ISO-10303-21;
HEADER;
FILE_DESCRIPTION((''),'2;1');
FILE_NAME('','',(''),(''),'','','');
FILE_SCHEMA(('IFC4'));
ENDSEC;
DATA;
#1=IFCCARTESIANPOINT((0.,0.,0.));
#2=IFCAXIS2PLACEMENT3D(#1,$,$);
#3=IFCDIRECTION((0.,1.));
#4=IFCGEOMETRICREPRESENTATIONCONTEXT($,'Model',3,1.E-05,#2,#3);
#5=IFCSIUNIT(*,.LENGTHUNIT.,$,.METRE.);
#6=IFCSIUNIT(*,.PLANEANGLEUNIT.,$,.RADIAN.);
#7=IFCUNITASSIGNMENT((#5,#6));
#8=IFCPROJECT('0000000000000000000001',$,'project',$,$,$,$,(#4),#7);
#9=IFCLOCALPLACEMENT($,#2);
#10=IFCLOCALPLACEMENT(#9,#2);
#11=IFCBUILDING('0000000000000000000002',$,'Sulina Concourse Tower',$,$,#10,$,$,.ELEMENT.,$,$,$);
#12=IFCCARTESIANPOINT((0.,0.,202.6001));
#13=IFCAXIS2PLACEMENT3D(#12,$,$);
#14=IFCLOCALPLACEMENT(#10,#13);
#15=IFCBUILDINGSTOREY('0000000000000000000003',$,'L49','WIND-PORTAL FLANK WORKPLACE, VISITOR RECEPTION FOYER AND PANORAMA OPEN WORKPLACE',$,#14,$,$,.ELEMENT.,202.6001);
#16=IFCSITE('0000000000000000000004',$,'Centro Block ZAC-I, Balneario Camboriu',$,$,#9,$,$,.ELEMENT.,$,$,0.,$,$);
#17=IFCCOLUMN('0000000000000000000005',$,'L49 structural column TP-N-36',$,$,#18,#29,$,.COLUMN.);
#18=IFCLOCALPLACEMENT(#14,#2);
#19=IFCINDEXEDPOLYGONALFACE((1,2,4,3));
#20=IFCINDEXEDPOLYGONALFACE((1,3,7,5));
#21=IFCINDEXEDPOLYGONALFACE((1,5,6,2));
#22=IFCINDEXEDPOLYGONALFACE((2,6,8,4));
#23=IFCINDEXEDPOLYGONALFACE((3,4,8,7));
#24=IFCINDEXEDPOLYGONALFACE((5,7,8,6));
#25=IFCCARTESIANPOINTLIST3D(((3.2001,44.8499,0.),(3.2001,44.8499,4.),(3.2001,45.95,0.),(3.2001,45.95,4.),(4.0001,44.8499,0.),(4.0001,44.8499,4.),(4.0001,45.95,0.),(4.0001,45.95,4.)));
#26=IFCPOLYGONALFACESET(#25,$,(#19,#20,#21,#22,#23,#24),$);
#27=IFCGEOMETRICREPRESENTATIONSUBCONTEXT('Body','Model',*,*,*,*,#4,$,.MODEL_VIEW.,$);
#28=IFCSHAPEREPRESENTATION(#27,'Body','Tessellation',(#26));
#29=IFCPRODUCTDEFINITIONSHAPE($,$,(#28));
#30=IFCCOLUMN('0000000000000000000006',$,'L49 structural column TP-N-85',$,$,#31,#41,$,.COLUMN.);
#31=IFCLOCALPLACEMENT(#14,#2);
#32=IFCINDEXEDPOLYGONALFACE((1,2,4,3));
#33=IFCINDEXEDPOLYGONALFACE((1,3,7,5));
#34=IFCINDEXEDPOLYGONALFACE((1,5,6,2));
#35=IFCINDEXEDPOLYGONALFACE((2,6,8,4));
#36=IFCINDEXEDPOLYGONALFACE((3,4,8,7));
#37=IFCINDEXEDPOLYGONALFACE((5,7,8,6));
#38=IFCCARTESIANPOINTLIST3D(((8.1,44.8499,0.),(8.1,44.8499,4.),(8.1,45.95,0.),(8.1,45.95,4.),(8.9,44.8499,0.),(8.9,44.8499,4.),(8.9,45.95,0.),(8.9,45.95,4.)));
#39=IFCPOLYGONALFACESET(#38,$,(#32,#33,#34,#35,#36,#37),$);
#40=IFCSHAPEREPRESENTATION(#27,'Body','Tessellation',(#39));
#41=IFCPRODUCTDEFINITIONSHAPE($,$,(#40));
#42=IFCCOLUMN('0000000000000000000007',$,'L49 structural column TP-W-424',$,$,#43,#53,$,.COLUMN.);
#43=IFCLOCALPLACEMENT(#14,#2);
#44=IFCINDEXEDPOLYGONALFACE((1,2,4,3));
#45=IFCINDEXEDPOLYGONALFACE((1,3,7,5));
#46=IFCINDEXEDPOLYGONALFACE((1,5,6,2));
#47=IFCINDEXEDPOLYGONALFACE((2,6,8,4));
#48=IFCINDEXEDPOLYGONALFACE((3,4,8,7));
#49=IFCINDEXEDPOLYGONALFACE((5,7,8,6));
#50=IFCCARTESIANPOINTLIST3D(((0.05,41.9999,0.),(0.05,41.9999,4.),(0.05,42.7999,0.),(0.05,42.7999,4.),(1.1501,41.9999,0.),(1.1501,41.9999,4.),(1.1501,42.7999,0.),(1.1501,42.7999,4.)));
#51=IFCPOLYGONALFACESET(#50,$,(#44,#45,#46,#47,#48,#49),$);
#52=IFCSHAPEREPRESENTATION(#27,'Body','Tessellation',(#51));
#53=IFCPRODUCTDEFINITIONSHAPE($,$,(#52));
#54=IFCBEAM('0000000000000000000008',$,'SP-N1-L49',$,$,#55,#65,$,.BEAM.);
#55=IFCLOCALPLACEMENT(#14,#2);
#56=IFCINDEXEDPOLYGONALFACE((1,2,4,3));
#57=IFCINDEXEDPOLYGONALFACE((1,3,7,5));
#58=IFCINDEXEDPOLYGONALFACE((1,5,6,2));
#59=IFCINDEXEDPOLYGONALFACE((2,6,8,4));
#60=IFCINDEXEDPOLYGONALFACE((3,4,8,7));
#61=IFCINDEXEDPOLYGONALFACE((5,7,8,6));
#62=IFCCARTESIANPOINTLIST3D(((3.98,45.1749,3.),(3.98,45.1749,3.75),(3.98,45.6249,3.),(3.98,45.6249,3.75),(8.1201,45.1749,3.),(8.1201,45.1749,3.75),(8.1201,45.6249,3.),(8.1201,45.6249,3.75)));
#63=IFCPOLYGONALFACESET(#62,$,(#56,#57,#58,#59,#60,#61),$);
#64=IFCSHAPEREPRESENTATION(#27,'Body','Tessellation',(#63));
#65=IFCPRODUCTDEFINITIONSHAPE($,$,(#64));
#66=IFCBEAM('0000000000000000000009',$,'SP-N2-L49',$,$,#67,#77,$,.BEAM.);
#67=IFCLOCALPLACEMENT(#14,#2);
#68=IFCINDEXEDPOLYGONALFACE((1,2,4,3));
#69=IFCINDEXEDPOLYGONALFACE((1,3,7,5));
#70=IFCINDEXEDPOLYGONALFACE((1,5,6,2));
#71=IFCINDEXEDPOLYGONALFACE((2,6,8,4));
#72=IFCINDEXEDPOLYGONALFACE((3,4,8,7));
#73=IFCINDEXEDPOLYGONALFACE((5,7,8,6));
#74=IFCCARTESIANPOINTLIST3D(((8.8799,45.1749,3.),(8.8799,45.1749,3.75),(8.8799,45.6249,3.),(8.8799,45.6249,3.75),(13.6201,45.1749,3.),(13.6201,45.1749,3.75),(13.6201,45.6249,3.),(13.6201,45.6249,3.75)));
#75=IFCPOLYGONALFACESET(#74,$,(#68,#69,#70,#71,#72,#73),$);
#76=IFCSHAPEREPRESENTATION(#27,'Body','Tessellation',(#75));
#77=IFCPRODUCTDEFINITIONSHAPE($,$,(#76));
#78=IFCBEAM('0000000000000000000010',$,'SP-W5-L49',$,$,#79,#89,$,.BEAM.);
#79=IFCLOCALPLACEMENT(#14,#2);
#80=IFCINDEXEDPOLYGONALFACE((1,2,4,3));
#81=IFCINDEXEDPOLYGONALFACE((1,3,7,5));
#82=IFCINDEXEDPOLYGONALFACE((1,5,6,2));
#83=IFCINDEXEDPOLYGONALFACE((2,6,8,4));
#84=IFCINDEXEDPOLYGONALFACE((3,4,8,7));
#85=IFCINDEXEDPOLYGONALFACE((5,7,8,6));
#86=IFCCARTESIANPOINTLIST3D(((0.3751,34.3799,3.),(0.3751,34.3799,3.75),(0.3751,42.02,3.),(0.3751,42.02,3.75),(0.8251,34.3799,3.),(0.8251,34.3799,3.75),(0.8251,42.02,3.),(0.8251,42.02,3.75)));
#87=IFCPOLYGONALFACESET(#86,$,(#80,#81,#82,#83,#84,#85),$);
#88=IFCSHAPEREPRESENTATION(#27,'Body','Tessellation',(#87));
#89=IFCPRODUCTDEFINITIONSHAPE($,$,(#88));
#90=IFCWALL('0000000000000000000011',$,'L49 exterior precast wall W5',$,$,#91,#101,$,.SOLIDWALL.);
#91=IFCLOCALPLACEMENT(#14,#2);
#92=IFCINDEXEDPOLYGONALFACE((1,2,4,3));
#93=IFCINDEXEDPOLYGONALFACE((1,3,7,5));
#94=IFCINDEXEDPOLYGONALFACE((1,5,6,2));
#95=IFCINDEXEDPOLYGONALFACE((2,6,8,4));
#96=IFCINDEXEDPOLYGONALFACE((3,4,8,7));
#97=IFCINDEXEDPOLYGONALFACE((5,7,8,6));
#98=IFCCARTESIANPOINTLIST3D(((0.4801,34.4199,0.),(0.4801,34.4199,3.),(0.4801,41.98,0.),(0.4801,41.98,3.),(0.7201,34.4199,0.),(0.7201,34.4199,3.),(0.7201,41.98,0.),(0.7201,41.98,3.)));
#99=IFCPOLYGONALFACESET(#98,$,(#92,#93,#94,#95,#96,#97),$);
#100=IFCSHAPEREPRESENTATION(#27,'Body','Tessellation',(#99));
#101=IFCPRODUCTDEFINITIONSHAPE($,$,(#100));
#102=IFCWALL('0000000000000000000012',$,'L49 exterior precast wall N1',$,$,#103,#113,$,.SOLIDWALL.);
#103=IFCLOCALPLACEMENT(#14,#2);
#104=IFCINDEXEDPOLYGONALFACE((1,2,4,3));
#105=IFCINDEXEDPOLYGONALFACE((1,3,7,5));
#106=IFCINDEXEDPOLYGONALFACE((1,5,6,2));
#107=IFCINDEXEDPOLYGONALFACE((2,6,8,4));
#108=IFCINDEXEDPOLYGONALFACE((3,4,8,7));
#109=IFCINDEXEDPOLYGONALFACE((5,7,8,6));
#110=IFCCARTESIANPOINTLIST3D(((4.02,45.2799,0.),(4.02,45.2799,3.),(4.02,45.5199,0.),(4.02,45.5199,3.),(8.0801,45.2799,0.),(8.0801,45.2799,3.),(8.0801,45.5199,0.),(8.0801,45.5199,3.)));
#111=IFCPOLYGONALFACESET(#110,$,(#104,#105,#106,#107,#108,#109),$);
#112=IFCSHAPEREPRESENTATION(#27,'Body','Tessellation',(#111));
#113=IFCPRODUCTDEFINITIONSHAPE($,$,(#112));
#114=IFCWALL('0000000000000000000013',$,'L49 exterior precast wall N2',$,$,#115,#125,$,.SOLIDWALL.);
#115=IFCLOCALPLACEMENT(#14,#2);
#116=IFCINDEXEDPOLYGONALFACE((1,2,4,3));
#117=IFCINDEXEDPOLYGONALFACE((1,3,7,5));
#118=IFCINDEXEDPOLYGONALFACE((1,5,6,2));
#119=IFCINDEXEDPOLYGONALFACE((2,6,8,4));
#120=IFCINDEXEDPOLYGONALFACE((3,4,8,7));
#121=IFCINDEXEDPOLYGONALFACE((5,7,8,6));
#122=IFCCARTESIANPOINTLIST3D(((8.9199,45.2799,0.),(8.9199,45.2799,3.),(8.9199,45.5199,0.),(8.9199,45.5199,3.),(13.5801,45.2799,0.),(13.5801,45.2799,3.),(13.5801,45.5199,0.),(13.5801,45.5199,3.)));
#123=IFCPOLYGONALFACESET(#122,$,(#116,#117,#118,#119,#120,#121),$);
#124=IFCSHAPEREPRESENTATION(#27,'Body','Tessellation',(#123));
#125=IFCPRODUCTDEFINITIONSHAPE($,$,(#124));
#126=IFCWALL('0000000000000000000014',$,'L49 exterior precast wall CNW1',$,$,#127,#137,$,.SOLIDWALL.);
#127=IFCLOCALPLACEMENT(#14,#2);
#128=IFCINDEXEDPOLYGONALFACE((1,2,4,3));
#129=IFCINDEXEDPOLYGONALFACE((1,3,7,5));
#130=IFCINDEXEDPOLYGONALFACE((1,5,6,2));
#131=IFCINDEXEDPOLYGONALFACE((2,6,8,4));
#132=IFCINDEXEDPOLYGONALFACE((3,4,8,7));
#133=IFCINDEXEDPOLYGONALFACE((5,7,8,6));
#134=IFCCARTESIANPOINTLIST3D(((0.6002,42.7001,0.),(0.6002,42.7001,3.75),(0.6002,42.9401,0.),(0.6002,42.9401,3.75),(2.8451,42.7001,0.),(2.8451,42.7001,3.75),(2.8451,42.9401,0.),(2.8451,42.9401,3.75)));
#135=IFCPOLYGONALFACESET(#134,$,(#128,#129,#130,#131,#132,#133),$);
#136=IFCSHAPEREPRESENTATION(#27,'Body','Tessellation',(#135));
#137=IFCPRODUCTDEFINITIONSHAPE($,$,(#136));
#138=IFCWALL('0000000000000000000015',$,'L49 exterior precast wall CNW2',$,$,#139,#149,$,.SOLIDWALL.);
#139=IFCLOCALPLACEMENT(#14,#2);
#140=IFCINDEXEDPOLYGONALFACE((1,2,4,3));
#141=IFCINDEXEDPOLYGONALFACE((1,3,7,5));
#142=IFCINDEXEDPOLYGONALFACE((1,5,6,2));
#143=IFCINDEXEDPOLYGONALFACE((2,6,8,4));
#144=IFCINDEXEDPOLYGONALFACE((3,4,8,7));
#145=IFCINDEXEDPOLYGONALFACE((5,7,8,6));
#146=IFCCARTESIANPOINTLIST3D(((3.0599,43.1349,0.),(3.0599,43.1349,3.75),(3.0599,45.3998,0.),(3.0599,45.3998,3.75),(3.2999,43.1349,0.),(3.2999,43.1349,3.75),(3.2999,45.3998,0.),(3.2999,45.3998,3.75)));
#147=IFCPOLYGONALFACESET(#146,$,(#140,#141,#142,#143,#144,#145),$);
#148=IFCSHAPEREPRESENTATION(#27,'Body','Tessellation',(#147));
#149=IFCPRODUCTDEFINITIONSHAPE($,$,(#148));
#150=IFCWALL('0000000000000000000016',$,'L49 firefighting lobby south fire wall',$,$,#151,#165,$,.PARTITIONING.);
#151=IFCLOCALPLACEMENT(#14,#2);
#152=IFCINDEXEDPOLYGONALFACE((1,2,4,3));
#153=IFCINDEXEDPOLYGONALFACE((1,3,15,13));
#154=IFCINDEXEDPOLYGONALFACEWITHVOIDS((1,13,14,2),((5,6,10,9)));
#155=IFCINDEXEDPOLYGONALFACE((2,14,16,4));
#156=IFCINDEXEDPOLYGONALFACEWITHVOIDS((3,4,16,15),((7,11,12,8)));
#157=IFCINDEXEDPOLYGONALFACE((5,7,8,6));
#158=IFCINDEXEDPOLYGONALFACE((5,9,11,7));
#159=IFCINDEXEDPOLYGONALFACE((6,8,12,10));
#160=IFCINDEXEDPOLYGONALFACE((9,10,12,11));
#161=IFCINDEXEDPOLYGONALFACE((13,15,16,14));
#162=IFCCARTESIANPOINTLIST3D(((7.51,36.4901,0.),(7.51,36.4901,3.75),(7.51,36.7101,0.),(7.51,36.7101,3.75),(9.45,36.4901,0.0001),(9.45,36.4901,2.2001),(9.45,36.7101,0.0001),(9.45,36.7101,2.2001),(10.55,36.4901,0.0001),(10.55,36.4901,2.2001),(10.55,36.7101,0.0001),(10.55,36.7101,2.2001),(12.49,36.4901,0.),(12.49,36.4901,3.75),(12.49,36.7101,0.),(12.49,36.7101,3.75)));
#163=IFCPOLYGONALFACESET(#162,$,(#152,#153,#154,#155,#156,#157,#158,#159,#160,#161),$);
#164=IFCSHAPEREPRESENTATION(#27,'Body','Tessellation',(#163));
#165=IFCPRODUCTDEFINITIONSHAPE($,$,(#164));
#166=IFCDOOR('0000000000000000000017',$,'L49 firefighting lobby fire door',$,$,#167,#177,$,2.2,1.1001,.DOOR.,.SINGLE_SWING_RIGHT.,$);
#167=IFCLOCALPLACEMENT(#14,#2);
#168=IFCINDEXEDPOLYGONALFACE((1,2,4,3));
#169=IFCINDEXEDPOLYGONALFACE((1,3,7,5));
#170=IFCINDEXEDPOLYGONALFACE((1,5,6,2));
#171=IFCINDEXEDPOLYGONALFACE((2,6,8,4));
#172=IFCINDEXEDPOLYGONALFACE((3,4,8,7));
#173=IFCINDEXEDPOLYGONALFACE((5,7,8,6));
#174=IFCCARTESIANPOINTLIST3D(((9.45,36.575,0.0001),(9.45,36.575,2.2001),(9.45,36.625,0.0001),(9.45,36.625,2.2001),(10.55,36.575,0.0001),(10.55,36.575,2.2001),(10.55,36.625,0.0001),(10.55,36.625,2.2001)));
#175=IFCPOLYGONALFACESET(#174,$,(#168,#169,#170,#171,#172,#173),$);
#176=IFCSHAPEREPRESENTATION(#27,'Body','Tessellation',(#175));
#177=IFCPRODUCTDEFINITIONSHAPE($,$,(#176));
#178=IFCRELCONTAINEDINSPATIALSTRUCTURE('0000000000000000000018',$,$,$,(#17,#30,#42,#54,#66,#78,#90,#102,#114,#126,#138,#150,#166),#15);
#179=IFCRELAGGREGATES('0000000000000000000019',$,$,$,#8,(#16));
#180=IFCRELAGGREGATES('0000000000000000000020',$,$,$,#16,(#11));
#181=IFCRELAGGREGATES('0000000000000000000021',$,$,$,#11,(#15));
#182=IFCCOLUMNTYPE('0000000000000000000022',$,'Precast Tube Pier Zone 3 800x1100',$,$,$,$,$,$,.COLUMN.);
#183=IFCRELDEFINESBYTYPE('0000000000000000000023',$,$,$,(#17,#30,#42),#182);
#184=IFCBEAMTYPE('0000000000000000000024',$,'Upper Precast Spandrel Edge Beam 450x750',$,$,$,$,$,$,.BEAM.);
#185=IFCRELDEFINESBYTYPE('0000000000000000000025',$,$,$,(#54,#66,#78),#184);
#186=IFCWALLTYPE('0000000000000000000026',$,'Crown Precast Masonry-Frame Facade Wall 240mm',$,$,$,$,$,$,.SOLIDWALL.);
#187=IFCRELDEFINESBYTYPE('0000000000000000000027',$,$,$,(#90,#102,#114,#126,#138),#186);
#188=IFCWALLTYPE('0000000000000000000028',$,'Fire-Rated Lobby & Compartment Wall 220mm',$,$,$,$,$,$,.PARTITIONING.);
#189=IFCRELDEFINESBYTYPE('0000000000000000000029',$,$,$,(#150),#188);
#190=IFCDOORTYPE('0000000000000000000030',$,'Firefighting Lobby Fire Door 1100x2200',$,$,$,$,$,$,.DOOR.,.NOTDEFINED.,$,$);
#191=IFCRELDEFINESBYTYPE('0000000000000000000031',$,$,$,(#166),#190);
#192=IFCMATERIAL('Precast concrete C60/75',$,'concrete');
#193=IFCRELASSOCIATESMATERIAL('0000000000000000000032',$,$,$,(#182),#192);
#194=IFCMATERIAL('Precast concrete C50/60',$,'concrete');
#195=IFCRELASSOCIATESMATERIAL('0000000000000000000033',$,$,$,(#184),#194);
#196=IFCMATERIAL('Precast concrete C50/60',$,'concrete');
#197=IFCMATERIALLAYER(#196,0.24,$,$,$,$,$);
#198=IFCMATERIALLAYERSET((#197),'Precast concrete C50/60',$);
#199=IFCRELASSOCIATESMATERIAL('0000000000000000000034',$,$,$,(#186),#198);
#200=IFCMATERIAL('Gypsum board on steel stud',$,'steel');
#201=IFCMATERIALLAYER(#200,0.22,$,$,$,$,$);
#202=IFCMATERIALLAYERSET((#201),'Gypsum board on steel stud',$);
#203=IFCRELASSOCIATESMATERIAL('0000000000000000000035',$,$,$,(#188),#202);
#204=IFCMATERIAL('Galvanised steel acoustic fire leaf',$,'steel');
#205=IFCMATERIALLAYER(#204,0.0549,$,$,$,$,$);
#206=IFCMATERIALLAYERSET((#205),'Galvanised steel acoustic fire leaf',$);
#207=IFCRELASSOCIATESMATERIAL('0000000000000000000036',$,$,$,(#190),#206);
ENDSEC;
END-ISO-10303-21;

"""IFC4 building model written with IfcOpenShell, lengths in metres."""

from ifc_helpers import new_model, si_unit, direction, frame, frame_2d, origin, origin_2d, place, context, subcontext, project, spatial, rectangle, extrude, material, layer, layer_set, material_profile, profile_set, type_object, element, fill, save


model = new_model("IFC4")

# Units and contexts
model_context = context("Model", 3, precision=1e-05, world=origin(), true_north=direction((0.0, 1.0)))
body_context = subcontext(model_context, "Body", "Model", "MODEL_VIEW")
ifc_project = project(units=[si_unit("LENGTHUNIT", "METRE"), si_unit("PLANEANGLEUNIT", "RADIAN")], contexts=[model_context])

# Site, building, storey
site_placement = place(None, origin())
site = spatial("IfcSite", under=ifc_project, at=site_placement, Name="Centro Block ZAC-I, Balneario Camboriu", CompositionType="ELEMENT", RefElevation=0.0)
building_placement = place(site_placement, origin())
building = spatial("IfcBuilding", under=site, at=building_placement, Name="Sulina Concourse Tower", CompositionType="ELEMENT")
storey_placement = place(building_placement, frame((0.0, 0.0, 202.6001)))
storey = spatial("IfcBuildingStorey", under=building, at=storey_placement, Name="L49", Description="WIND-PORTAL FLANK WORKPLACE, VISITOR RECEPTION FOYER AND PANORAMA OPEN WORKPLACE", CompositionType="ELEMENT", Elevation=202.6001)

# Columns
ifc_material_1 = material(Name="Precast concrete C60/75", Category="concrete")
ifc_material_profile_1 = material_profile(ifc_material_1, rectangle(XDim=0.8, YDim=1.1001, at=origin_2d()), Name="PC 800x1100")
ifc_profile_set_1 = profile_set([ifc_material_profile_1], Name="Precast concrete C60/75")
column_type = type_object("IfcColumnType", Name="Precast Tube Pier Zone 3 800x1100", PredefinedType="COLUMN", material=ifc_profile_set_1)
for number, where, z_axis, x_axis, name in (
    (1, (3.6001, 45.3999, 0.0), (0.0, 0.0, 1.0), (1.0, 0.0, 0.0), "L49 structural column TP-N-36"),
    (2, (8.5, 45.3999, 0.0), (0.0, 0.0, 1.0), (1.0, 0.0, 0.0), "L49 structural column TP-N-85"),
    (3, (0.6001, 42.3999, 0.0), (0.0, 0.0, 1.0), (0.0, 1.0, 0.0), "L49 structural column TP-W-424"),
):
    element("IfcColumn", number, at=place(storey_placement, frame(where, z_axis=z_axis, x_axis=x_axis)), inside=storey, type_object=column_type, Name=name, PredefinedType="COLUMN", context=body_context, shape_type="SweptSolid", body=[
        extrude(rectangle(XDim=0.8, YDim=1.1001, at=origin_2d()), origin(), (0.0, 0.0, 1.0), 4.0),
    ])

# Beams
ifc_material_2 = material(Name="Precast concrete C50/60", Category="concrete")
ifc_material_profile_2 = material_profile(ifc_material_2, rectangle(XDim=0.45, YDim=0.75, at=origin_2d()), Name="RC 450x750")
ifc_profile_set_2 = profile_set([ifc_material_profile_2], Name="Precast concrete C50/60")
beam_type = type_object("IfcBeamType", Name="Upper Precast Spandrel Edge Beam 450x750", PredefinedType="BEAM", material=ifc_profile_set_2)
beam_1_placement = place(storey_placement, frame((3.98, 45.3999, 3.375), z_axis=(1.0, 0.0, 0.0), x_axis=(0.0, 1.0, 0.0)))
element("IfcBeam", 4, at=beam_1_placement, inside=storey, type_object=beam_type, Name="SP-N1-L49", PredefinedType="BEAM", context=body_context, shape_type="SweptSolid", body=[
    extrude(rectangle(XDim=0.45, YDim=0.75, at=origin_2d()), origin(), (0.0, 0.0, 1.0), 4.1401),
])
beam_2_placement = place(storey_placement, frame((8.8799, 45.3999, 3.375), z_axis=(1.0, 0.0, 0.0), x_axis=(0.0, 1.0, 0.0)))
element("IfcBeam", 5, at=beam_2_placement, inside=storey, type_object=beam_type, Name="SP-N2-L49", PredefinedType="BEAM", context=body_context, shape_type="SweptSolid", body=[
    extrude(rectangle(XDim=0.45, YDim=0.75, at=origin_2d()), origin(), (0.0, 0.0, 1.0), 4.7402),
])
beam_3_placement = place(storey_placement, frame((0.6001, 34.3799, 3.375), z_axis=(0.0, 1.0, 0.0), x_axis=(-1.0, 0.0, 0.0)))
element("IfcBeam", 6, at=beam_3_placement, inside=storey, type_object=beam_type, Name="SP-W5-L49", PredefinedType="BEAM", context=body_context, shape_type="SweptSolid", body=[
    extrude(rectangle(XDim=0.45, YDim=0.75, at=origin_2d()), origin(), (0.0, 0.0, 1.0), 7.6401),
])

# Walls
ifc_material_3 = material(Name="Precast concrete C50/60", Category="concrete")
ifc_layer_1 = layer(ifc_material_3, 0.24)
ifc_layer_set_1 = layer_set([ifc_layer_1], Name="Precast concrete C50/60")
wall_type_1 = type_object("IfcWallType", Name="Crown Precast Masonry-Frame Facade Wall 240mm", PredefinedType="SOLIDWALL", material=ifc_layer_set_1)
wall_1_placement = place(storey_placement, frame((0.6001, 34.4199, 0.0), z_axis=(0.0, 0.0, 1.0), x_axis=(0.0, 1.0, 0.0)))
element("IfcWall", 7, at=wall_1_placement, inside=storey, type_object=wall_type_1, Name="L49 exterior precast wall W5", PredefinedType="SOLIDWALL", context=body_context, shape_type="SweptSolid", body=[
    extrude(rectangle(XDim=7.5601, YDim=0.24, at=frame_2d((3.78, 0.0))), origin(), (0.0, 0.0, 1.0), 3.0),
])
wall_2_placement = place(storey_placement, frame((4.02, 45.3999, 0.0), z_axis=(0.0, 0.0, 1.0), x_axis=(1.0, 0.0, 0.0)))
element("IfcWall", 8, at=wall_2_placement, inside=storey, type_object=wall_type_1, Name="L49 exterior precast wall N1", PredefinedType="SOLIDWALL", context=body_context, shape_type="SweptSolid", body=[
    extrude(rectangle(XDim=4.0601, YDim=0.24, at=frame_2d((2.03, 0.0))), origin(), (0.0, 0.0, 1.0), 3.0),
])
wall_3_placement = place(storey_placement, frame((8.9199, 45.3999, 0.0), z_axis=(0.0, 0.0, 1.0), x_axis=(1.0, 0.0, 0.0)))
element("IfcWall", 9, at=wall_3_placement, inside=storey, type_object=wall_type_1, Name="L49 exterior precast wall N2", PredefinedType="SOLIDWALL", context=body_context, shape_type="SweptSolid", body=[
    extrude(rectangle(XDim=4.6602, YDim=0.24, at=frame_2d((2.3301, 0.0))), origin(), (0.0, 0.0, 1.0), 3.0),
])
wall_4_placement = place(storey_placement, frame((0.6001, 42.8201, 0.0), z_axis=(0.0, 0.0, 1.0), x_axis=(1.0, 0.0, 0.0)))
element("IfcWall", 10, at=wall_4_placement, inside=storey, type_object=wall_type_1, Name="L49 exterior precast wall CNW1", PredefinedType="SOLIDWALL", context=body_context, shape_type="SweptSolid", body=[
    extrude(rectangle(XDim=2.2449, YDim=0.24, at=frame_2d((1.1226, 0.0))), origin(), (0.0, 0.0, 1.0), 3.75),
])
wall_5_placement = place(storey_placement, frame((3.1799, 43.135, 0.0), z_axis=(0.0, 0.0, 1.0), x_axis=(0.0, 1.0, 0.0)))
element("IfcWall", 11, at=wall_5_placement, inside=storey, type_object=wall_type_1, Name="L49 exterior precast wall CNW2", PredefinedType="SOLIDWALL", context=body_context, shape_type="SweptSolid", body=[
    extrude(rectangle(XDim=2.2649, YDim=0.24, at=frame_2d((1.1323, 0.0))), origin(), (0.0, 0.0, 1.0), 3.75),
])

# Wall, opening, door
ifc_material_4 = material(Name="Gypsum board on steel stud", Category="steel")
ifc_layer_2 = layer(ifc_material_4, 0.22)
ifc_layer_set_2 = layer_set([ifc_layer_2], Name="Gypsum board on steel stud")
wall_type_2 = type_object("IfcWallType", Name="Fire-Rated Lobby & Compartment Wall 220mm", PredefinedType="PARTITIONING", material=ifc_layer_set_2)
wall_6_placement = place(storey_placement, frame((7.51, 36.6001, 0.0), z_axis=(0.0, 0.0, 1.0), x_axis=(1.0, 0.0, 0.0)))
wall_6 = element("IfcWall", 12, at=wall_6_placement, inside=storey, type_object=wall_type_2, Name="L49 firefighting lobby south fire wall", PredefinedType="PARTITIONING", context=body_context, shape_type="SweptSolid", body=[
    extrude(rectangle(XDim=4.98, YDim=0.22, at=frame_2d((2.49, 0.0))), origin(), (0.0, 0.0, 1.0), 3.75),
])
opening_1_placement = place(wall_6_placement, frame((1.9399, 0.0, 0.0)))
opening_1 = element("IfcOpeningElement", 13, at=opening_1_placement, cuts=wall_6, PredefinedType="OPENING", context=body_context, shape_type="SweptSolid", body=[
    extrude(rectangle(XDim=1.1001, YDim=2.2, at=frame_2d((0.55, 1.1001))), frame((0.0, 0.1199, 0.0), z_axis=(0.0, -1.0, 0.0), x_axis=(1.0, 0.0, 0.0)), (0.0, 0.0, 1.0), 0.24),
])
ifc_material_5 = material(Name="Galvanised steel acoustic fire leaf", Category="steel")
ifc_layer_3 = layer(ifc_material_5, 0.0549)
ifc_layer_set_3 = layer_set([ifc_layer_3], Name="Galvanised steel acoustic fire leaf")
door_type_1 = type_object("IfcDoorType", Name="Firefighting Lobby Fire Door 1100x2200", OperationType="NOTDEFINED", PredefinedType="DOOR", material=ifc_layer_set_3)
door_1_placement = place(opening_1_placement, origin())
door_1 = element("IfcDoor", 14, at=door_1_placement, inside=storey, type_object=door_type_1, Name="L49 firefighting lobby fire door", OperationType="SINGLE_SWING_RIGHT", OverallHeight=2.2, OverallWidth=1.1001, PredefinedType="DOOR", context=body_context, shape_type="SweptSolid", body=[
    extrude(rectangle(XDim=1.1001, YDim=2.2, at=frame_2d((0.55, 1.1001))), frame((0.0, 0.0249, 0.0), z_axis=(0.0, -1.0, 0.0), x_axis=(1.0, 0.0, 0.0)), (0.0, 0.0, 1.0), 0.05),
])
fill(opening_1, door_1)

save(model, "model.ifc")
